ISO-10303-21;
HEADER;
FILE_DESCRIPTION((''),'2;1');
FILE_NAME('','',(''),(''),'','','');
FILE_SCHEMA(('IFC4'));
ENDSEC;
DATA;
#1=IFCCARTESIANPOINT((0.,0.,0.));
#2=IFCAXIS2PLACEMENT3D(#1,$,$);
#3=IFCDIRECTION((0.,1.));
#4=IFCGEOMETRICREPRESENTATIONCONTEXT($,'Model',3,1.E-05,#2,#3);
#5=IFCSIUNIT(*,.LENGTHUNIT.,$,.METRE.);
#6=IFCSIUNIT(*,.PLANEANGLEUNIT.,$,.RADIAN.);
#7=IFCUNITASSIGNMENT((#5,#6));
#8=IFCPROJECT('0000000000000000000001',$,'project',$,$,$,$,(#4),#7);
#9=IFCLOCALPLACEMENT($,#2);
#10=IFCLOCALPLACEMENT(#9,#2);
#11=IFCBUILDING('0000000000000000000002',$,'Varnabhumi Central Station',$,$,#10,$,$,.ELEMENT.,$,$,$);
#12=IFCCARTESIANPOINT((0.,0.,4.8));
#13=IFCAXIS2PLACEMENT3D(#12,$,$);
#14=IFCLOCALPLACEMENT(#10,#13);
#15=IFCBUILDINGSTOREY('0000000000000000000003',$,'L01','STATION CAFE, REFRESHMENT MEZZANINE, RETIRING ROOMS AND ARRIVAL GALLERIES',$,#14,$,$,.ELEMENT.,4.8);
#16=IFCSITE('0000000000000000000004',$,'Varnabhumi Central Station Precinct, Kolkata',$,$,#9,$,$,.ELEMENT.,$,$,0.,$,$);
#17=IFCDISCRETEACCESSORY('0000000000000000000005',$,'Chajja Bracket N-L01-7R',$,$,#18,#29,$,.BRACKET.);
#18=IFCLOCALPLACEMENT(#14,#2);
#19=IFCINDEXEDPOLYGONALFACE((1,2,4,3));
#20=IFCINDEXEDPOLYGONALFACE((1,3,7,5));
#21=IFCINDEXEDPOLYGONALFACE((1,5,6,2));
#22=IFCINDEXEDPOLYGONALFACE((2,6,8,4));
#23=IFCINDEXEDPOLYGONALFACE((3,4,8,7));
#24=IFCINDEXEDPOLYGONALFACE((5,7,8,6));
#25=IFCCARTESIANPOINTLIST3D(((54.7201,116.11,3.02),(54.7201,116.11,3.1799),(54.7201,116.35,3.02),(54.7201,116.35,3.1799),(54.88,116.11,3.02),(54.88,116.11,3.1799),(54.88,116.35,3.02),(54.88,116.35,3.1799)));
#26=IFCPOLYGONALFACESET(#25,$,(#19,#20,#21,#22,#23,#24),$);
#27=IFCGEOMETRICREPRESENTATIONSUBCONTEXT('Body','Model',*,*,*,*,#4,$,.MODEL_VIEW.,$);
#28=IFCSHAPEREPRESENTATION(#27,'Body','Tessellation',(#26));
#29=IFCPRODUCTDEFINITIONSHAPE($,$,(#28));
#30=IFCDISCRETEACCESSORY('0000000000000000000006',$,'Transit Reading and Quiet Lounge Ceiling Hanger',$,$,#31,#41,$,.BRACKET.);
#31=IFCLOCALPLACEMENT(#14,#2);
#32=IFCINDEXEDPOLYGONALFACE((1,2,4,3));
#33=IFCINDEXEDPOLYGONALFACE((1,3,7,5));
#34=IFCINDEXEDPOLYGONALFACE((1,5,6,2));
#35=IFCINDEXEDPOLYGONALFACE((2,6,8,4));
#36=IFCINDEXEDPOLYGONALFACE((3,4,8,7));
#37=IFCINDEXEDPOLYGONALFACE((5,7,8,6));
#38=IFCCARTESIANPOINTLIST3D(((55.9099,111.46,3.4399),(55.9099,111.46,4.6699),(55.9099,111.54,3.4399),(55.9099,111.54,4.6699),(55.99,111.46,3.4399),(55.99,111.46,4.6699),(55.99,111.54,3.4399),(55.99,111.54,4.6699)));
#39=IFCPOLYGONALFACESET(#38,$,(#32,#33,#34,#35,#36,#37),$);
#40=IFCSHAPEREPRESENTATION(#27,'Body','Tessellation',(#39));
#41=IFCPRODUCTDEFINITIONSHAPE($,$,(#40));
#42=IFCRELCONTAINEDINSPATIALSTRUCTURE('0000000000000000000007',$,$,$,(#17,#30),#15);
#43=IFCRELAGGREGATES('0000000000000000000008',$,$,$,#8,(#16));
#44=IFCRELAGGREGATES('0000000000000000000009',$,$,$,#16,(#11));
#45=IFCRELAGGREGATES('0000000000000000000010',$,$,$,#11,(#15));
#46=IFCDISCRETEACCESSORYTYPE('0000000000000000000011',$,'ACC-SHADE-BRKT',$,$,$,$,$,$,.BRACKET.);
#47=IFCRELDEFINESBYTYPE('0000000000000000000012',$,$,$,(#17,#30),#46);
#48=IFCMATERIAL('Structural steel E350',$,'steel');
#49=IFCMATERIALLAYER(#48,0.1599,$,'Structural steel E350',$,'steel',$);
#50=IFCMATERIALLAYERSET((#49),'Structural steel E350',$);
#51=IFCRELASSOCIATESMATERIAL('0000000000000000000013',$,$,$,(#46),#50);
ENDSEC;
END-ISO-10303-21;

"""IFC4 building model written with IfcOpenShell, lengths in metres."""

from ifc_helpers import new_model, si_unit, direction, frame, origin, origin_2d, place, context, subcontext, project, spatial, rectangle, extrude, material, layer, layer_set, type_object, element, save


model = new_model("IFC4")

# Units and contexts
model_context = context("Model", 3, precision=1e-05, world=origin(), true_north=direction((0.0, 1.0)))
body_context = subcontext(model_context, "Body", "Model", "MODEL_VIEW")
ifc_project = project(units=[si_unit("LENGTHUNIT", "METRE"), si_unit("PLANEANGLEUNIT", "RADIAN")], contexts=[model_context])

# Site, building, storey
site_placement = place(None, origin())
site = spatial("IfcSite", under=ifc_project, at=site_placement, Name="Varnabhumi Central Station Precinct, Kolkata", CompositionType="ELEMENT", RefElevation=0.0)
building_placement = place(site_placement, origin())
building = spatial("IfcBuilding", under=site, at=building_placement, Name="Varnabhumi Central Station", CompositionType="ELEMENT")
storey_placement = place(building_placement, frame((0.0, 0.0, 4.8)))
storey = spatial("IfcBuildingStorey", under=building, at=storey_placement, Name="L01", Description="STATION CAFE, REFRESHMENT MEZZANINE, RETIRING ROOMS AND ARRIVAL GALLERIES", CompositionType="ELEMENT", Elevation=4.8)

# Shared definitions
ifc_material_1 = material(Name="Structural steel E350", Category="steel")

# Discrete accessories
ifc_layer_1 = layer(ifc_material_1, 0.1599, Name="Structural steel E350", Category="steel")
ifc_layer_set_1 = layer_set([ifc_layer_1], Name="Structural steel E350")
discrete_accessory_type = type_object("IfcDiscreteAccessoryType", Name="ACC-SHADE-BRKT", PredefinedType="BRACKET", material=ifc_layer_set_1)
for number, where, z_axis, x_axis, name in (
    (1, (54.8, 116.23, 3.02), (0.0, 0.0, 1.0), (1.0, 0.0, 0.0), "Chajja Bracket N-L01-7R"),
):
    element("IfcDiscreteAccessory", number, at=place(storey_placement, frame(where, z_axis=z_axis, x_axis=x_axis)), inside=storey, type_object=discrete_accessory_type, Name=name, PredefinedType="BRACKET", context=body_context, shape_type="SweptSolid", body=[
        extrude(rectangle(XDim=0.1599, YDim=0.24, at=origin_2d()), origin(), (0.0, 0.0, 1.0), 0.1599),
    ])
discrete_accessory_placement = place(storey_placement, frame((55.95, 111.5, 3.4399), z_axis=(0.0, 0.0, 1.0), x_axis=(1.0, 0.0, 0.0)))
element("IfcDiscreteAccessory", 2, at=discrete_accessory_placement, inside=storey, type_object=discrete_accessory_type, Name="Transit Reading and Quiet Lounge Ceiling Hanger", PredefinedType="BRACKET", context=body_context, shape_type="SweptSolid", body=[
    extrude(rectangle(XDim=0.0801, YDim=0.0801, at=origin_2d()), origin(), (0.0, 0.0, 1.0), 1.23),
])

save(model, "model.ifc")
